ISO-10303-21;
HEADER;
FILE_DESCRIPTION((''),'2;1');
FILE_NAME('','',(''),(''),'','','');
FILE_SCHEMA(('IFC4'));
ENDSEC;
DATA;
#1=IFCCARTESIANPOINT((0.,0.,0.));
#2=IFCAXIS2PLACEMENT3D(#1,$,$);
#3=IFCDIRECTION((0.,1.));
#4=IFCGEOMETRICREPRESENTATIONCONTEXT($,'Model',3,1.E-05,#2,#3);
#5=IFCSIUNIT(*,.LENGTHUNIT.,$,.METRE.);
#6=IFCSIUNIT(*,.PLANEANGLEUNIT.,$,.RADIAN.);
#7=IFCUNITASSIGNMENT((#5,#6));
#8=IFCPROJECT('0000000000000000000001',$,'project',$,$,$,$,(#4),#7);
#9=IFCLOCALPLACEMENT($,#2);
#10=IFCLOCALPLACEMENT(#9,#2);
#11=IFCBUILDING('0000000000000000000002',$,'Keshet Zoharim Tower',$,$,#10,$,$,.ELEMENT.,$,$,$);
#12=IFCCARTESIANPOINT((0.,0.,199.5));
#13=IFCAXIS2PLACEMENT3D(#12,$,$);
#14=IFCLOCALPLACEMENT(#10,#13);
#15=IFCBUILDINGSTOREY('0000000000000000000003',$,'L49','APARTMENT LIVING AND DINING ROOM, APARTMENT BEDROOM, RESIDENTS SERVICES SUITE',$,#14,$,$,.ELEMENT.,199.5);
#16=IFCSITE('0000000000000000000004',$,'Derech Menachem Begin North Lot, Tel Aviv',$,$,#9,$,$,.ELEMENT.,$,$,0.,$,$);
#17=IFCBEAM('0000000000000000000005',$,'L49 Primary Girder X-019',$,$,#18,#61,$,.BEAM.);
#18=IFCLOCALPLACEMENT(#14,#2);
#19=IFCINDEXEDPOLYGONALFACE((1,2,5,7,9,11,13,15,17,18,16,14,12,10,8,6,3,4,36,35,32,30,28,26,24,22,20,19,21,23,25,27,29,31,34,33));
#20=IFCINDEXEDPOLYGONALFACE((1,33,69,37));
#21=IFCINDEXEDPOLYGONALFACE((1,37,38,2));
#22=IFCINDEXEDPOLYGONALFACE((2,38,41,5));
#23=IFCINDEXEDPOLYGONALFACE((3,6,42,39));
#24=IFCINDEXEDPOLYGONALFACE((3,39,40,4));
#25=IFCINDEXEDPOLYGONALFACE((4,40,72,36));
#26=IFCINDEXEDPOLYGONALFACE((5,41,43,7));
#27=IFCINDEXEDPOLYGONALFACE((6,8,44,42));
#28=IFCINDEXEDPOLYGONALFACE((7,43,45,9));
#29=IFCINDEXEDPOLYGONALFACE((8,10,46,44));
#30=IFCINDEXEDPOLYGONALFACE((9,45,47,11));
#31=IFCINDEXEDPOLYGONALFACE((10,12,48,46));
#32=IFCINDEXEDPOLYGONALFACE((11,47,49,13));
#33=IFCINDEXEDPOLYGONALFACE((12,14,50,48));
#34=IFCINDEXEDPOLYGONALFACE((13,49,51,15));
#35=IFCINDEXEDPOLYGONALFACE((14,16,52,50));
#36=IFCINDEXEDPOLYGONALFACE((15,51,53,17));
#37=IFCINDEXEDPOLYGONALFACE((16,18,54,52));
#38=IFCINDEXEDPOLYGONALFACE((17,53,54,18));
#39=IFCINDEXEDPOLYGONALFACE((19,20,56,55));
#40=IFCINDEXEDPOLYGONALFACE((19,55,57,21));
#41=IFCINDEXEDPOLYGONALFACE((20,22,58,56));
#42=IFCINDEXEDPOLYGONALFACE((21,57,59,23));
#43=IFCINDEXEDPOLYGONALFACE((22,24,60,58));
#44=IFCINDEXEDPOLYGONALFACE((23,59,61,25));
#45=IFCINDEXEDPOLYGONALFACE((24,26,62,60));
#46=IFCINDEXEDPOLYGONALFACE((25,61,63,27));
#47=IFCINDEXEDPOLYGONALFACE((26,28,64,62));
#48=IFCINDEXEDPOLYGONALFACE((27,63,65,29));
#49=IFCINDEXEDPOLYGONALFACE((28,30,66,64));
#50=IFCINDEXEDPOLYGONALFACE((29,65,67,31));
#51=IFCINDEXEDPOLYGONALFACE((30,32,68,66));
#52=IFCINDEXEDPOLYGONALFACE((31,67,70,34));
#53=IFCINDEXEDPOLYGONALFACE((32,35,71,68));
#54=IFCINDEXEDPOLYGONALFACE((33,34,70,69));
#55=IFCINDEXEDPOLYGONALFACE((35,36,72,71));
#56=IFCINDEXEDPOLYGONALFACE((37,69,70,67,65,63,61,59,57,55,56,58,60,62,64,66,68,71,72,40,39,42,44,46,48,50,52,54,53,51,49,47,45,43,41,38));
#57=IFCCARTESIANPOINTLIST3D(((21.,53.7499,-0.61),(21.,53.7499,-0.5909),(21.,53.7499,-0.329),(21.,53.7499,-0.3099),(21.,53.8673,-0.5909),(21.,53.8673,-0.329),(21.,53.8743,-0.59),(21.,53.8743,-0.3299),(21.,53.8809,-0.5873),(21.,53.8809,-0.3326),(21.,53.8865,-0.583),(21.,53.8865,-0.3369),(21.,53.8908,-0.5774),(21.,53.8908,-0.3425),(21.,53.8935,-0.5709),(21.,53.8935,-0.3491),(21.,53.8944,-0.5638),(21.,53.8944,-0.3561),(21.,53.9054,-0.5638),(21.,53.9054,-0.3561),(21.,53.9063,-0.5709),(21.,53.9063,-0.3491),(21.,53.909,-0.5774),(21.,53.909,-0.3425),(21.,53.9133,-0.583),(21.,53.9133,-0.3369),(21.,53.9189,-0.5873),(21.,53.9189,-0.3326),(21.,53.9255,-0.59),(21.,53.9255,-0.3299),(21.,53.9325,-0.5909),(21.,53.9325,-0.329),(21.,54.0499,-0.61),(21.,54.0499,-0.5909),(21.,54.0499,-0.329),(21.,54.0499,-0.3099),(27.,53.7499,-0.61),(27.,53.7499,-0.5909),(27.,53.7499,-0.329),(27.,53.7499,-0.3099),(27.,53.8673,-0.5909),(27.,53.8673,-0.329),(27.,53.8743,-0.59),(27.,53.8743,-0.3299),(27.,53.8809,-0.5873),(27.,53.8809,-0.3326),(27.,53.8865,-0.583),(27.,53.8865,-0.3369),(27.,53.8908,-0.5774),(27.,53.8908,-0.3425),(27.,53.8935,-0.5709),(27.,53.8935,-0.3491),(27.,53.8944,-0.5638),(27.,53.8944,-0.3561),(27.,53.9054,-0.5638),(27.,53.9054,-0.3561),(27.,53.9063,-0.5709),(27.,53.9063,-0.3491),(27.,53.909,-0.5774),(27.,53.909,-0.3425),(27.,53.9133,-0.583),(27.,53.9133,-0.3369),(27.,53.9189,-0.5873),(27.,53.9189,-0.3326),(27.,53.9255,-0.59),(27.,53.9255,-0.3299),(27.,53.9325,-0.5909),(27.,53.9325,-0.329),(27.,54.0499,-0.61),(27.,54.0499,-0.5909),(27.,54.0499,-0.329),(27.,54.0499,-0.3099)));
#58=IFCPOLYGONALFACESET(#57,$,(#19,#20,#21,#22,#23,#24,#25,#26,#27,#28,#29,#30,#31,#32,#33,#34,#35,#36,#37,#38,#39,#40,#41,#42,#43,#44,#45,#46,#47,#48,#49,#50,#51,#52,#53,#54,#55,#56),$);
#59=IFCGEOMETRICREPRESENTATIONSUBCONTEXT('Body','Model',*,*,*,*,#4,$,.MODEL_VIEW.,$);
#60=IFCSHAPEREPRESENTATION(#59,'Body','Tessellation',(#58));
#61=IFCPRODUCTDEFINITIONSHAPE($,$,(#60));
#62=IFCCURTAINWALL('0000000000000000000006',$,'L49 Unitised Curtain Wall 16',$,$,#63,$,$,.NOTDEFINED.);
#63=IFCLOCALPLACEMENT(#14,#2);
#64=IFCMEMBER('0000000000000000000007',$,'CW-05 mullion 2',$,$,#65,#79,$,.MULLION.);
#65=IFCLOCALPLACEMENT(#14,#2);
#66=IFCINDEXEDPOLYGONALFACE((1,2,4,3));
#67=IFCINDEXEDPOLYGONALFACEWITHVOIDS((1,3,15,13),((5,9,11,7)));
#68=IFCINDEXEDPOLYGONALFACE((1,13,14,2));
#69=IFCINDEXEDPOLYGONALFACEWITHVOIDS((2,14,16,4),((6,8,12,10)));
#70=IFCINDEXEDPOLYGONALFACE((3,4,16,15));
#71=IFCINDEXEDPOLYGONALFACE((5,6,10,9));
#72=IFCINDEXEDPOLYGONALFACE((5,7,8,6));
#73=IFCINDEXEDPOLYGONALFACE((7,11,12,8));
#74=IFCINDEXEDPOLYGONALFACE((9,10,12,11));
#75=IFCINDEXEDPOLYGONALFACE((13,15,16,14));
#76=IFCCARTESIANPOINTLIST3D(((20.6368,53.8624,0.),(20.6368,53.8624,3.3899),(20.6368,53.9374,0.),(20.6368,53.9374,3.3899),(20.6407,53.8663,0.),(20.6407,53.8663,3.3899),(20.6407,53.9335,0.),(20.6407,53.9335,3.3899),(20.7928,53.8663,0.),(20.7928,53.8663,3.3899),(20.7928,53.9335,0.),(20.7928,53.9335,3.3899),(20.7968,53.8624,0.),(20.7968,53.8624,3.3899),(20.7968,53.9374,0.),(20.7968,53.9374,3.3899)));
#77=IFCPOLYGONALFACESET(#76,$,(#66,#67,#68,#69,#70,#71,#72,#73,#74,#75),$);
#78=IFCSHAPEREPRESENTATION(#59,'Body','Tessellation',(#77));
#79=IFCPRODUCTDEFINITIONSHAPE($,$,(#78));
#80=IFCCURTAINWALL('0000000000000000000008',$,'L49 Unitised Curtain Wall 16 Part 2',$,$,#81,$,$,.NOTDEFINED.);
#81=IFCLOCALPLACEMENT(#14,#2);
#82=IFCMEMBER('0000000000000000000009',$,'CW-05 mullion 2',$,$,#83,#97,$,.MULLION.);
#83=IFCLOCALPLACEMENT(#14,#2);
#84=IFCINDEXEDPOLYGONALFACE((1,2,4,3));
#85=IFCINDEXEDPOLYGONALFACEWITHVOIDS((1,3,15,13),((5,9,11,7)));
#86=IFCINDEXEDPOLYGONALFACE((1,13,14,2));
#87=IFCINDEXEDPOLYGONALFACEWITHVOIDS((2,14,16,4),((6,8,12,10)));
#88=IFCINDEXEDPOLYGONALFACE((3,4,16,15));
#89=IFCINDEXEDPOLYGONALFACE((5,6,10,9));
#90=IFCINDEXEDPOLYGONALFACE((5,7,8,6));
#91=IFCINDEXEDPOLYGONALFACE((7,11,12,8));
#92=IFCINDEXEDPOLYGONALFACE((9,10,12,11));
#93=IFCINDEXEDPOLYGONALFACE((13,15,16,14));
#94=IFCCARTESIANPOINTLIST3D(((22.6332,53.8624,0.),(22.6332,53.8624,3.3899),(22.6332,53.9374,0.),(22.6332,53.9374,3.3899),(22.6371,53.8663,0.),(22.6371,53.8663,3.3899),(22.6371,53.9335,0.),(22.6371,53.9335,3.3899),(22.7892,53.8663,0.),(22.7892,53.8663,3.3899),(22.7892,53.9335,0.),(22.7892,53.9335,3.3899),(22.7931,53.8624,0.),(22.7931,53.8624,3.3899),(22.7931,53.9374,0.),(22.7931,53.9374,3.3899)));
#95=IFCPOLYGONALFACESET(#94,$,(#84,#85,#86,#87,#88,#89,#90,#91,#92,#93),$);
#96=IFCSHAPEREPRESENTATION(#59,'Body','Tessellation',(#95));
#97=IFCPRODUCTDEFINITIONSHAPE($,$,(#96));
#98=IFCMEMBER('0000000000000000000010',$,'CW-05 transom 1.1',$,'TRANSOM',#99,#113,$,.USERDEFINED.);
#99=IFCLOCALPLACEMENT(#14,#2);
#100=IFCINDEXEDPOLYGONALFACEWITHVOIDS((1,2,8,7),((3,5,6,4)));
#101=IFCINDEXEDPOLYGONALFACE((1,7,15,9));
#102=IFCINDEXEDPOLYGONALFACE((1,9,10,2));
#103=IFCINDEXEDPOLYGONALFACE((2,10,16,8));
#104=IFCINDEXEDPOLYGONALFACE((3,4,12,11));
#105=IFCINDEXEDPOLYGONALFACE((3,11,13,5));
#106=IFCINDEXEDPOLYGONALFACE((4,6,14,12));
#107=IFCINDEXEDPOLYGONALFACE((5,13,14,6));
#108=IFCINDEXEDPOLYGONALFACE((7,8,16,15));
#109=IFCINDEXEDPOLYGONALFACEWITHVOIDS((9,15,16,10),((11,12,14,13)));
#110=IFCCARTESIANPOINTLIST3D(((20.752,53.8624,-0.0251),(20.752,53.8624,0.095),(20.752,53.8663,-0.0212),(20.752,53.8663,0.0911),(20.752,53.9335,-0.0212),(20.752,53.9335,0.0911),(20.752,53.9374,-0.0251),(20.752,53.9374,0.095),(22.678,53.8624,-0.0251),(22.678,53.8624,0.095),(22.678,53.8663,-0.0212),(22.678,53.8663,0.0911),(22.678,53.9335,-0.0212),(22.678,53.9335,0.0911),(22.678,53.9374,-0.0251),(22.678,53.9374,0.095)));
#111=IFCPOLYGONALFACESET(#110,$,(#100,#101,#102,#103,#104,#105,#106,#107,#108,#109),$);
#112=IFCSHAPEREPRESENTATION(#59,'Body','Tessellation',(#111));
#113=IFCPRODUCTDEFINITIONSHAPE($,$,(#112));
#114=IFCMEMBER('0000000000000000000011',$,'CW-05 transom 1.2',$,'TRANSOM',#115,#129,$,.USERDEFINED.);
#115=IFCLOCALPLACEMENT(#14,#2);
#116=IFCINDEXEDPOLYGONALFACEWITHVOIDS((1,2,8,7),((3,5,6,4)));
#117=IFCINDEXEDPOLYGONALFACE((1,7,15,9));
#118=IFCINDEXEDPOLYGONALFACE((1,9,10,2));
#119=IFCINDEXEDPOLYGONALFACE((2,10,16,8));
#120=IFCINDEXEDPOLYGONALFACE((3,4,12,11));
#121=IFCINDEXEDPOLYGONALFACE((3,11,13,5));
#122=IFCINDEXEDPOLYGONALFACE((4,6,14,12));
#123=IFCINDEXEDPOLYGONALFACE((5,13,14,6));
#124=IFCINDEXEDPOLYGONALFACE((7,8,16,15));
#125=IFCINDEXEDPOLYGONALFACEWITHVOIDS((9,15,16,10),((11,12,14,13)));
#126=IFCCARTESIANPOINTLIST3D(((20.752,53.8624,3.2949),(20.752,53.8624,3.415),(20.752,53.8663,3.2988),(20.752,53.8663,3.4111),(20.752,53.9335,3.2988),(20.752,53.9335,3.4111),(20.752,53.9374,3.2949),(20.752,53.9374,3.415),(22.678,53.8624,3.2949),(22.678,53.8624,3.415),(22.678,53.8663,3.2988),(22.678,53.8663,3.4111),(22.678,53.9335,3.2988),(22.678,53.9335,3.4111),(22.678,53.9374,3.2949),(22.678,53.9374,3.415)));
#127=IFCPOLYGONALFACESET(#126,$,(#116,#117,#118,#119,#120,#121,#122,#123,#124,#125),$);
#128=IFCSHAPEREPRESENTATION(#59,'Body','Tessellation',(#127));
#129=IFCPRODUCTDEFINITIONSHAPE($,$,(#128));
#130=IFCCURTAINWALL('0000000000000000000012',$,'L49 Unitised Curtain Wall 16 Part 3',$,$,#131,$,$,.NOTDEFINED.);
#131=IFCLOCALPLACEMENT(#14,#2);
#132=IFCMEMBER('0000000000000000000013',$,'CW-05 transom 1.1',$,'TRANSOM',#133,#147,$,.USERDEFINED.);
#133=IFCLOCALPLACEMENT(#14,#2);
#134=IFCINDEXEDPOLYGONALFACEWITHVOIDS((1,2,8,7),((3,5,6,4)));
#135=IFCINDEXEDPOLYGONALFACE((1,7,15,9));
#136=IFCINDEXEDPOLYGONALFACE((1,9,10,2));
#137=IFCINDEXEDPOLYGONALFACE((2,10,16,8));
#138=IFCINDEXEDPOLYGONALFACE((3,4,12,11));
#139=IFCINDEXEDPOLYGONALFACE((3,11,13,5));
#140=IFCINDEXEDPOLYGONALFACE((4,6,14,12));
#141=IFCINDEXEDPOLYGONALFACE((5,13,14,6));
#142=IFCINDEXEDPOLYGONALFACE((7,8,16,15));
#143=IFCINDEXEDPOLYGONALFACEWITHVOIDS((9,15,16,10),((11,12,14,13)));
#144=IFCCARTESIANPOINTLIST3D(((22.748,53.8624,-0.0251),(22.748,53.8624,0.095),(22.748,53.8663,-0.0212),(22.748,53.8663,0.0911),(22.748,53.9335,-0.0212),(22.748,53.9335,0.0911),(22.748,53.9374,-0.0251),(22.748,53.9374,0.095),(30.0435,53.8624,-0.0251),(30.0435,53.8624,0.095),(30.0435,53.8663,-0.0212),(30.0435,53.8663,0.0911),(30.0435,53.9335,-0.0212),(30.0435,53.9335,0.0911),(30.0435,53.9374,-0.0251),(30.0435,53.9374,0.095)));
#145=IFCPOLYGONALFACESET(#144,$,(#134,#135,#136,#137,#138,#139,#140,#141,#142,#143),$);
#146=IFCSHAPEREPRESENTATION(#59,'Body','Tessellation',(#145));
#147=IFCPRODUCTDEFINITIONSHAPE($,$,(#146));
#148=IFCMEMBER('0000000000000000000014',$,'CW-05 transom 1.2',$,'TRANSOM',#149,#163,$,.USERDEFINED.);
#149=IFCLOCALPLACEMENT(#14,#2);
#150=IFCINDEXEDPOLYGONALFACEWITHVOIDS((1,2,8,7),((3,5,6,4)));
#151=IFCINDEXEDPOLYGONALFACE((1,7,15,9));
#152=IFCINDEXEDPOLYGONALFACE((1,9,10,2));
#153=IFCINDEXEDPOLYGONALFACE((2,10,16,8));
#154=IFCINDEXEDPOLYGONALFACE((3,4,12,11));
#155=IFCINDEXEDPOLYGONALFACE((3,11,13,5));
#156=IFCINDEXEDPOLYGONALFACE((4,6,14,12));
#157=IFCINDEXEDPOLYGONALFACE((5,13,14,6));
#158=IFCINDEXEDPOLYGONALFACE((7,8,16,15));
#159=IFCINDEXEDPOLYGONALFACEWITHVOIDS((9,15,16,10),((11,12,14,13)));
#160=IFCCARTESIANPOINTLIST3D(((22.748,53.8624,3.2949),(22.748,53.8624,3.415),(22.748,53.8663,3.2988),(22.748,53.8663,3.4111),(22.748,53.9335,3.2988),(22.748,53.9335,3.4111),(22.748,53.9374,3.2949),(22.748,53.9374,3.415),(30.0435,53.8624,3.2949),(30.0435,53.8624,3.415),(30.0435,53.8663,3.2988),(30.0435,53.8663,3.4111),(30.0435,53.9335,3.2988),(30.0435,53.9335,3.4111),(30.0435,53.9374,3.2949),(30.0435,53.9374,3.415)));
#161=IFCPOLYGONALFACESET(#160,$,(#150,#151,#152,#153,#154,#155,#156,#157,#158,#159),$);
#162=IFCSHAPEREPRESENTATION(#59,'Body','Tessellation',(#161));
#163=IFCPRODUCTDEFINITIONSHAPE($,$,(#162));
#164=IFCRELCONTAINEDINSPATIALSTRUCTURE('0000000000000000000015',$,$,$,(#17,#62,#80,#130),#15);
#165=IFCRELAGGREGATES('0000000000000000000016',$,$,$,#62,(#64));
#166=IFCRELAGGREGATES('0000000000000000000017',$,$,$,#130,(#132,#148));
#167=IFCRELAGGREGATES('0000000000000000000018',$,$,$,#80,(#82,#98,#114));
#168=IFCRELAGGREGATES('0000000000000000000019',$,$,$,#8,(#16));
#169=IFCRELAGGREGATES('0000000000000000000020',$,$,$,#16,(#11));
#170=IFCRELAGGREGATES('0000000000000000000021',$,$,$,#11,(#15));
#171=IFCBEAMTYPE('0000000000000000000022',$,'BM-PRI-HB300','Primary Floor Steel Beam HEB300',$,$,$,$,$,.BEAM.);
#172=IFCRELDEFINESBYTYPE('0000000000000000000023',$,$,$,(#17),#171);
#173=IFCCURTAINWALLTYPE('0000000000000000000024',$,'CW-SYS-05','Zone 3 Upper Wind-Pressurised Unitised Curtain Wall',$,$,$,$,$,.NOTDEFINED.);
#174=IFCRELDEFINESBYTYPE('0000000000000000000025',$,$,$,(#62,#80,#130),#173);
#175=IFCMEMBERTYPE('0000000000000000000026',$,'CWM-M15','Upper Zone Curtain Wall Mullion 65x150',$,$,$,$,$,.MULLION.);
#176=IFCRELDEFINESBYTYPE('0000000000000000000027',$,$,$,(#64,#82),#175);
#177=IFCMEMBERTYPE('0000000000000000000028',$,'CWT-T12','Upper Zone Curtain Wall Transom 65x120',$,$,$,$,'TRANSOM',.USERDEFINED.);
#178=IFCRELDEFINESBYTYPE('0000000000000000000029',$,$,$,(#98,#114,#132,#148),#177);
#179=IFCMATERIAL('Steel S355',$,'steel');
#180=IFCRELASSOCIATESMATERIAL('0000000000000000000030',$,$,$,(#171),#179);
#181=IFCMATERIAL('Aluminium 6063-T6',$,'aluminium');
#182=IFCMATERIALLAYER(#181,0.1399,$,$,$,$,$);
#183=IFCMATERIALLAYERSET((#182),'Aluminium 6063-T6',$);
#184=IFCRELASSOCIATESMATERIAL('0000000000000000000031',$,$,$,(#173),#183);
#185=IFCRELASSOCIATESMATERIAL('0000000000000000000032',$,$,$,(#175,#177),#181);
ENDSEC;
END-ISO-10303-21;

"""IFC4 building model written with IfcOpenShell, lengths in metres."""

from ifc_helpers import new_model, si_unit, direction, frame, origin, origin_2d, place, context, subcontext, project, spatial, hollow_rectangle, i_section, extrude, material, layer, layer_set, material_profile, profile_set, type_object, element, aggregate, save


model = new_model("IFC4")

# Units and contexts
model_context = context("Model", 3, precision=1e-05, world=origin(), true_north=direction((0.0, 1.0)))
body_context = subcontext(model_context, "Body", "Model", "MODEL_VIEW")
ifc_project = project(units=[si_unit("LENGTHUNIT", "METRE"), si_unit("PLANEANGLEUNIT", "RADIAN")], contexts=[model_context])

# Site, building, storey
site_placement = place(None, origin())
site = spatial("IfcSite", under=ifc_project, at=site_placement, Name="Derech Menachem Begin North Lot, Tel Aviv", CompositionType="ELEMENT", RefElevation=0.0)
building_placement = place(site_placement, origin())
building = spatial("IfcBuilding", under=site, at=building_placement, Name="Keshet Zoharim Tower", CompositionType="ELEMENT")
storey_placement = place(building_placement, frame((0.0, 0.0, 199.5)))
storey = spatial("IfcBuildingStorey", under=building, at=storey_placement, Name="L49", Description="APARTMENT LIVING AND DINING ROOM, APARTMENT BEDROOM, RESIDENTS SERVICES SUITE", CompositionType="ELEMENT", Elevation=199.5)

# Shared definitions
ifc_material_1 = material(Name="Steel S355", Category="steel")

# Beam
ifc_material_profile_1 = material_profile(ifc_material_1, i_section(OverallWidth=0.3, OverallDepth=0.3, WebThickness=0.011, FlangeThickness=0.019, FilletRadius=0.0271, at=origin_2d()), Name="HEB300")
ifc_profile_set_1 = profile_set([ifc_material_profile_1], Name="Steel S355")
beam_type_1 = type_object("IfcBeamType", Name="BM-PRI-HB300", Description="Primary Floor Steel Beam HEB300", PredefinedType="BEAM", material=ifc_profile_set_1)
beam_1_placement = place(storey_placement, frame((21.0, 53.8999, -0.46), z_axis=(1.0, 0.0, 0.0), x_axis=(0.0, 1.0, 0.0)))
element("IfcBeam", 1, at=beam_1_placement, inside=storey, type_object=beam_type_1, Name="L49 Primary Girder X-019", PredefinedType="BEAM", context=body_context, shape_type="SweptSolid", body=[
    extrude(i_section(OverallWidth=0.3, OverallDepth=0.3, WebThickness=0.011, FlangeThickness=0.019, FilletRadius=0.0271, at=origin_2d()), origin(), (0.0, 0.0, 1.0), 6.0),
])

# Curtain wall, member
ifc_material_2 = material(Name="Aluminium 6063-T6", Category="aluminium")
ifc_layer_1 = layer(ifc_material_2, 0.1399)
ifc_layer_set_1 = layer_set([ifc_layer_1], Name="Aluminium 6063-T6")
curtain_wall_type = type_object("IfcCurtainWallType", Name="CW-SYS-05", Description="Zone 3 Upper Wind-Pressurised Unitised Curtain Wall", PredefinedType="NOTDEFINED", material=ifc_layer_set_1)
curtain_wall_1_placement = place(storey_placement, origin())
curtain_wall_1 = element("IfcCurtainWall", 2, at=curtain_wall_1_placement, inside=storey, type_object=curtain_wall_type, Name="L49 Unitised Curtain Wall 16", PredefinedType="NOTDEFINED")
ifc_material_profile_2 = material_profile(ifc_material_2, hollow_rectangle(XDim=0.075, YDim=0.1599, WallThickness=0.0039, at=origin_2d()), Name="MUL-75x160")
ifc_profile_set_2 = profile_set([ifc_material_profile_2], Name="Aluminium 6063-T6")
member_type_1 = type_object("IfcMemberType", Name="CWM-M15", Description="Upper Zone Curtain Wall Mullion 65x150", PredefinedType="MULLION", material=ifc_profile_set_2)
member_1_placement = place(storey_placement, frame((20.7168, 53.8999, 0.0), z_axis=(0.0, 0.0, 1.0), x_axis=(0.0, 1.0, 0.0)))
member_1 = element("IfcMember", 3, at=member_1_placement, type_object=member_type_1, Name="CW-05 mullion 2", PredefinedType="MULLION", context=body_context, shape_type="SweptSolid", body=[
    extrude(hollow_rectangle(XDim=0.075, YDim=0.1599, WallThickness=0.0039, at=origin_2d()), origin(), (0.0, 0.0, 1.0), 3.3899),
])

# Curtain walls, members
curtain_wall_2_placement = place(storey_placement, origin())
curtain_wall_2 = element("IfcCurtainWall", 4, at=curtain_wall_2_placement, inside=storey, type_object=curtain_wall_type, Name="L49 Unitised Curtain Wall 16 Part 2", PredefinedType="NOTDEFINED")
member_2_placement = place(storey_placement, frame((22.7131, 53.8999, 0.0), z_axis=(0.0, 0.0, 1.0), x_axis=(0.0, 1.0, 0.0)))
member_2 = element("IfcMember", 5, at=member_2_placement, type_object=member_type_1, Name="CW-05 mullion 2", PredefinedType="MULLION", context=body_context, shape_type="SweptSolid", body=[
    extrude(hollow_rectangle(XDim=0.075, YDim=0.1599, WallThickness=0.0039, at=origin_2d()), origin(), (0.0, 0.0, 1.0), 3.3899),
])
ifc_material_profile_3 = material_profile(ifc_material_2, hollow_rectangle(XDim=0.075, YDim=0.1201, WallThickness=0.0039, at=origin_2d()), Name="TRN-75x120")
ifc_profile_set_3 = profile_set([ifc_material_profile_3], Name="Aluminium 6063-T6")
member_type_2 = type_object("IfcMemberType", Name="CWT-T12", Description="Upper Zone Curtain Wall Transom 65x120", ElementType="TRANSOM", PredefinedType="USERDEFINED", material=ifc_profile_set_3)
member_3_placement = place(storey_placement, frame((20.752, 53.8999, 0.0349), z_axis=(1.0, 0.0, 0.0), x_axis=(0.0, 1.0, 0.0)))
member_3 = element("IfcMember", 6, at=member_3_placement, type_object=member_type_2, Name="CW-05 transom 1.1", ObjectType="TRANSOM", PredefinedType="USERDEFINED", context=body_context, shape_type="SweptSolid", body=[
    extrude(hollow_rectangle(XDim=0.075, YDim=0.1201, WallThickness=0.0039, at=origin_2d()), origin(), (0.0, 0.0, 1.0), 1.926),
])
member_4_placement = place(storey_placement, frame((20.752, 53.8999, 3.355), z_axis=(1.0, 0.0, 0.0), x_axis=(0.0, 1.0, 0.0)))
member_4 = element("IfcMember", 7, at=member_4_placement, type_object=member_type_2, Name="CW-05 transom 1.2", ObjectType="TRANSOM", PredefinedType="USERDEFINED", context=body_context, shape_type="SweptSolid", body=[
    extrude(hollow_rectangle(XDim=0.075, YDim=0.1201, WallThickness=0.0039, at=origin_2d()), origin(), (0.0, 0.0, 1.0), 1.926),
])
curtain_wall_3_placement = place(storey_placement, origin())
curtain_wall_3 = element("IfcCurtainWall", 8, at=curtain_wall_3_placement, inside=storey, type_object=curtain_wall_type, Name="L49 Unitised Curtain Wall 16 Part 3", PredefinedType="NOTDEFINED")
member_5_placement = place(storey_placement, frame((22.748, 53.8999, 0.0349), z_axis=(1.0, 0.0, 0.0), x_axis=(0.0, 1.0, 0.0)))
member_5 = element("IfcMember", 9, at=member_5_placement, type_object=member_type_2, Name="CW-05 transom 1.1", ObjectType="TRANSOM", PredefinedType="USERDEFINED", context=body_context, shape_type="SweptSolid", body=[
    extrude(hollow_rectangle(XDim=0.075, YDim=0.1201, WallThickness=0.0039, at=origin_2d()), origin(), (0.0, 0.0, 1.0), 7.2954),
])
member_6_placement = place(storey_placement, frame((22.748, 53.8999, 3.355), z_axis=(1.0, 0.0, 0.0), x_axis=(0.0, 1.0, 0.0)))
member_6 = element("IfcMember", 10, at=member_6_placement, type_object=member_type_2, Name="CW-05 transom 1.2", ObjectType="TRANSOM", PredefinedType="USERDEFINED", context=body_context, shape_type="SweptSolid", body=[
    extrude(hollow_rectangle(XDim=0.075, YDim=0.1201, WallThickness=0.0039, at=origin_2d()), origin(), (0.0, 0.0, 1.0), 7.2954),
])

aggregate(curtain_wall_1, [member_1])
aggregate(curtain_wall_3, [member_5, member_6])
aggregate(curtain_wall_2, [member_2, member_3, member_4])

save(model, "model.ifc")
